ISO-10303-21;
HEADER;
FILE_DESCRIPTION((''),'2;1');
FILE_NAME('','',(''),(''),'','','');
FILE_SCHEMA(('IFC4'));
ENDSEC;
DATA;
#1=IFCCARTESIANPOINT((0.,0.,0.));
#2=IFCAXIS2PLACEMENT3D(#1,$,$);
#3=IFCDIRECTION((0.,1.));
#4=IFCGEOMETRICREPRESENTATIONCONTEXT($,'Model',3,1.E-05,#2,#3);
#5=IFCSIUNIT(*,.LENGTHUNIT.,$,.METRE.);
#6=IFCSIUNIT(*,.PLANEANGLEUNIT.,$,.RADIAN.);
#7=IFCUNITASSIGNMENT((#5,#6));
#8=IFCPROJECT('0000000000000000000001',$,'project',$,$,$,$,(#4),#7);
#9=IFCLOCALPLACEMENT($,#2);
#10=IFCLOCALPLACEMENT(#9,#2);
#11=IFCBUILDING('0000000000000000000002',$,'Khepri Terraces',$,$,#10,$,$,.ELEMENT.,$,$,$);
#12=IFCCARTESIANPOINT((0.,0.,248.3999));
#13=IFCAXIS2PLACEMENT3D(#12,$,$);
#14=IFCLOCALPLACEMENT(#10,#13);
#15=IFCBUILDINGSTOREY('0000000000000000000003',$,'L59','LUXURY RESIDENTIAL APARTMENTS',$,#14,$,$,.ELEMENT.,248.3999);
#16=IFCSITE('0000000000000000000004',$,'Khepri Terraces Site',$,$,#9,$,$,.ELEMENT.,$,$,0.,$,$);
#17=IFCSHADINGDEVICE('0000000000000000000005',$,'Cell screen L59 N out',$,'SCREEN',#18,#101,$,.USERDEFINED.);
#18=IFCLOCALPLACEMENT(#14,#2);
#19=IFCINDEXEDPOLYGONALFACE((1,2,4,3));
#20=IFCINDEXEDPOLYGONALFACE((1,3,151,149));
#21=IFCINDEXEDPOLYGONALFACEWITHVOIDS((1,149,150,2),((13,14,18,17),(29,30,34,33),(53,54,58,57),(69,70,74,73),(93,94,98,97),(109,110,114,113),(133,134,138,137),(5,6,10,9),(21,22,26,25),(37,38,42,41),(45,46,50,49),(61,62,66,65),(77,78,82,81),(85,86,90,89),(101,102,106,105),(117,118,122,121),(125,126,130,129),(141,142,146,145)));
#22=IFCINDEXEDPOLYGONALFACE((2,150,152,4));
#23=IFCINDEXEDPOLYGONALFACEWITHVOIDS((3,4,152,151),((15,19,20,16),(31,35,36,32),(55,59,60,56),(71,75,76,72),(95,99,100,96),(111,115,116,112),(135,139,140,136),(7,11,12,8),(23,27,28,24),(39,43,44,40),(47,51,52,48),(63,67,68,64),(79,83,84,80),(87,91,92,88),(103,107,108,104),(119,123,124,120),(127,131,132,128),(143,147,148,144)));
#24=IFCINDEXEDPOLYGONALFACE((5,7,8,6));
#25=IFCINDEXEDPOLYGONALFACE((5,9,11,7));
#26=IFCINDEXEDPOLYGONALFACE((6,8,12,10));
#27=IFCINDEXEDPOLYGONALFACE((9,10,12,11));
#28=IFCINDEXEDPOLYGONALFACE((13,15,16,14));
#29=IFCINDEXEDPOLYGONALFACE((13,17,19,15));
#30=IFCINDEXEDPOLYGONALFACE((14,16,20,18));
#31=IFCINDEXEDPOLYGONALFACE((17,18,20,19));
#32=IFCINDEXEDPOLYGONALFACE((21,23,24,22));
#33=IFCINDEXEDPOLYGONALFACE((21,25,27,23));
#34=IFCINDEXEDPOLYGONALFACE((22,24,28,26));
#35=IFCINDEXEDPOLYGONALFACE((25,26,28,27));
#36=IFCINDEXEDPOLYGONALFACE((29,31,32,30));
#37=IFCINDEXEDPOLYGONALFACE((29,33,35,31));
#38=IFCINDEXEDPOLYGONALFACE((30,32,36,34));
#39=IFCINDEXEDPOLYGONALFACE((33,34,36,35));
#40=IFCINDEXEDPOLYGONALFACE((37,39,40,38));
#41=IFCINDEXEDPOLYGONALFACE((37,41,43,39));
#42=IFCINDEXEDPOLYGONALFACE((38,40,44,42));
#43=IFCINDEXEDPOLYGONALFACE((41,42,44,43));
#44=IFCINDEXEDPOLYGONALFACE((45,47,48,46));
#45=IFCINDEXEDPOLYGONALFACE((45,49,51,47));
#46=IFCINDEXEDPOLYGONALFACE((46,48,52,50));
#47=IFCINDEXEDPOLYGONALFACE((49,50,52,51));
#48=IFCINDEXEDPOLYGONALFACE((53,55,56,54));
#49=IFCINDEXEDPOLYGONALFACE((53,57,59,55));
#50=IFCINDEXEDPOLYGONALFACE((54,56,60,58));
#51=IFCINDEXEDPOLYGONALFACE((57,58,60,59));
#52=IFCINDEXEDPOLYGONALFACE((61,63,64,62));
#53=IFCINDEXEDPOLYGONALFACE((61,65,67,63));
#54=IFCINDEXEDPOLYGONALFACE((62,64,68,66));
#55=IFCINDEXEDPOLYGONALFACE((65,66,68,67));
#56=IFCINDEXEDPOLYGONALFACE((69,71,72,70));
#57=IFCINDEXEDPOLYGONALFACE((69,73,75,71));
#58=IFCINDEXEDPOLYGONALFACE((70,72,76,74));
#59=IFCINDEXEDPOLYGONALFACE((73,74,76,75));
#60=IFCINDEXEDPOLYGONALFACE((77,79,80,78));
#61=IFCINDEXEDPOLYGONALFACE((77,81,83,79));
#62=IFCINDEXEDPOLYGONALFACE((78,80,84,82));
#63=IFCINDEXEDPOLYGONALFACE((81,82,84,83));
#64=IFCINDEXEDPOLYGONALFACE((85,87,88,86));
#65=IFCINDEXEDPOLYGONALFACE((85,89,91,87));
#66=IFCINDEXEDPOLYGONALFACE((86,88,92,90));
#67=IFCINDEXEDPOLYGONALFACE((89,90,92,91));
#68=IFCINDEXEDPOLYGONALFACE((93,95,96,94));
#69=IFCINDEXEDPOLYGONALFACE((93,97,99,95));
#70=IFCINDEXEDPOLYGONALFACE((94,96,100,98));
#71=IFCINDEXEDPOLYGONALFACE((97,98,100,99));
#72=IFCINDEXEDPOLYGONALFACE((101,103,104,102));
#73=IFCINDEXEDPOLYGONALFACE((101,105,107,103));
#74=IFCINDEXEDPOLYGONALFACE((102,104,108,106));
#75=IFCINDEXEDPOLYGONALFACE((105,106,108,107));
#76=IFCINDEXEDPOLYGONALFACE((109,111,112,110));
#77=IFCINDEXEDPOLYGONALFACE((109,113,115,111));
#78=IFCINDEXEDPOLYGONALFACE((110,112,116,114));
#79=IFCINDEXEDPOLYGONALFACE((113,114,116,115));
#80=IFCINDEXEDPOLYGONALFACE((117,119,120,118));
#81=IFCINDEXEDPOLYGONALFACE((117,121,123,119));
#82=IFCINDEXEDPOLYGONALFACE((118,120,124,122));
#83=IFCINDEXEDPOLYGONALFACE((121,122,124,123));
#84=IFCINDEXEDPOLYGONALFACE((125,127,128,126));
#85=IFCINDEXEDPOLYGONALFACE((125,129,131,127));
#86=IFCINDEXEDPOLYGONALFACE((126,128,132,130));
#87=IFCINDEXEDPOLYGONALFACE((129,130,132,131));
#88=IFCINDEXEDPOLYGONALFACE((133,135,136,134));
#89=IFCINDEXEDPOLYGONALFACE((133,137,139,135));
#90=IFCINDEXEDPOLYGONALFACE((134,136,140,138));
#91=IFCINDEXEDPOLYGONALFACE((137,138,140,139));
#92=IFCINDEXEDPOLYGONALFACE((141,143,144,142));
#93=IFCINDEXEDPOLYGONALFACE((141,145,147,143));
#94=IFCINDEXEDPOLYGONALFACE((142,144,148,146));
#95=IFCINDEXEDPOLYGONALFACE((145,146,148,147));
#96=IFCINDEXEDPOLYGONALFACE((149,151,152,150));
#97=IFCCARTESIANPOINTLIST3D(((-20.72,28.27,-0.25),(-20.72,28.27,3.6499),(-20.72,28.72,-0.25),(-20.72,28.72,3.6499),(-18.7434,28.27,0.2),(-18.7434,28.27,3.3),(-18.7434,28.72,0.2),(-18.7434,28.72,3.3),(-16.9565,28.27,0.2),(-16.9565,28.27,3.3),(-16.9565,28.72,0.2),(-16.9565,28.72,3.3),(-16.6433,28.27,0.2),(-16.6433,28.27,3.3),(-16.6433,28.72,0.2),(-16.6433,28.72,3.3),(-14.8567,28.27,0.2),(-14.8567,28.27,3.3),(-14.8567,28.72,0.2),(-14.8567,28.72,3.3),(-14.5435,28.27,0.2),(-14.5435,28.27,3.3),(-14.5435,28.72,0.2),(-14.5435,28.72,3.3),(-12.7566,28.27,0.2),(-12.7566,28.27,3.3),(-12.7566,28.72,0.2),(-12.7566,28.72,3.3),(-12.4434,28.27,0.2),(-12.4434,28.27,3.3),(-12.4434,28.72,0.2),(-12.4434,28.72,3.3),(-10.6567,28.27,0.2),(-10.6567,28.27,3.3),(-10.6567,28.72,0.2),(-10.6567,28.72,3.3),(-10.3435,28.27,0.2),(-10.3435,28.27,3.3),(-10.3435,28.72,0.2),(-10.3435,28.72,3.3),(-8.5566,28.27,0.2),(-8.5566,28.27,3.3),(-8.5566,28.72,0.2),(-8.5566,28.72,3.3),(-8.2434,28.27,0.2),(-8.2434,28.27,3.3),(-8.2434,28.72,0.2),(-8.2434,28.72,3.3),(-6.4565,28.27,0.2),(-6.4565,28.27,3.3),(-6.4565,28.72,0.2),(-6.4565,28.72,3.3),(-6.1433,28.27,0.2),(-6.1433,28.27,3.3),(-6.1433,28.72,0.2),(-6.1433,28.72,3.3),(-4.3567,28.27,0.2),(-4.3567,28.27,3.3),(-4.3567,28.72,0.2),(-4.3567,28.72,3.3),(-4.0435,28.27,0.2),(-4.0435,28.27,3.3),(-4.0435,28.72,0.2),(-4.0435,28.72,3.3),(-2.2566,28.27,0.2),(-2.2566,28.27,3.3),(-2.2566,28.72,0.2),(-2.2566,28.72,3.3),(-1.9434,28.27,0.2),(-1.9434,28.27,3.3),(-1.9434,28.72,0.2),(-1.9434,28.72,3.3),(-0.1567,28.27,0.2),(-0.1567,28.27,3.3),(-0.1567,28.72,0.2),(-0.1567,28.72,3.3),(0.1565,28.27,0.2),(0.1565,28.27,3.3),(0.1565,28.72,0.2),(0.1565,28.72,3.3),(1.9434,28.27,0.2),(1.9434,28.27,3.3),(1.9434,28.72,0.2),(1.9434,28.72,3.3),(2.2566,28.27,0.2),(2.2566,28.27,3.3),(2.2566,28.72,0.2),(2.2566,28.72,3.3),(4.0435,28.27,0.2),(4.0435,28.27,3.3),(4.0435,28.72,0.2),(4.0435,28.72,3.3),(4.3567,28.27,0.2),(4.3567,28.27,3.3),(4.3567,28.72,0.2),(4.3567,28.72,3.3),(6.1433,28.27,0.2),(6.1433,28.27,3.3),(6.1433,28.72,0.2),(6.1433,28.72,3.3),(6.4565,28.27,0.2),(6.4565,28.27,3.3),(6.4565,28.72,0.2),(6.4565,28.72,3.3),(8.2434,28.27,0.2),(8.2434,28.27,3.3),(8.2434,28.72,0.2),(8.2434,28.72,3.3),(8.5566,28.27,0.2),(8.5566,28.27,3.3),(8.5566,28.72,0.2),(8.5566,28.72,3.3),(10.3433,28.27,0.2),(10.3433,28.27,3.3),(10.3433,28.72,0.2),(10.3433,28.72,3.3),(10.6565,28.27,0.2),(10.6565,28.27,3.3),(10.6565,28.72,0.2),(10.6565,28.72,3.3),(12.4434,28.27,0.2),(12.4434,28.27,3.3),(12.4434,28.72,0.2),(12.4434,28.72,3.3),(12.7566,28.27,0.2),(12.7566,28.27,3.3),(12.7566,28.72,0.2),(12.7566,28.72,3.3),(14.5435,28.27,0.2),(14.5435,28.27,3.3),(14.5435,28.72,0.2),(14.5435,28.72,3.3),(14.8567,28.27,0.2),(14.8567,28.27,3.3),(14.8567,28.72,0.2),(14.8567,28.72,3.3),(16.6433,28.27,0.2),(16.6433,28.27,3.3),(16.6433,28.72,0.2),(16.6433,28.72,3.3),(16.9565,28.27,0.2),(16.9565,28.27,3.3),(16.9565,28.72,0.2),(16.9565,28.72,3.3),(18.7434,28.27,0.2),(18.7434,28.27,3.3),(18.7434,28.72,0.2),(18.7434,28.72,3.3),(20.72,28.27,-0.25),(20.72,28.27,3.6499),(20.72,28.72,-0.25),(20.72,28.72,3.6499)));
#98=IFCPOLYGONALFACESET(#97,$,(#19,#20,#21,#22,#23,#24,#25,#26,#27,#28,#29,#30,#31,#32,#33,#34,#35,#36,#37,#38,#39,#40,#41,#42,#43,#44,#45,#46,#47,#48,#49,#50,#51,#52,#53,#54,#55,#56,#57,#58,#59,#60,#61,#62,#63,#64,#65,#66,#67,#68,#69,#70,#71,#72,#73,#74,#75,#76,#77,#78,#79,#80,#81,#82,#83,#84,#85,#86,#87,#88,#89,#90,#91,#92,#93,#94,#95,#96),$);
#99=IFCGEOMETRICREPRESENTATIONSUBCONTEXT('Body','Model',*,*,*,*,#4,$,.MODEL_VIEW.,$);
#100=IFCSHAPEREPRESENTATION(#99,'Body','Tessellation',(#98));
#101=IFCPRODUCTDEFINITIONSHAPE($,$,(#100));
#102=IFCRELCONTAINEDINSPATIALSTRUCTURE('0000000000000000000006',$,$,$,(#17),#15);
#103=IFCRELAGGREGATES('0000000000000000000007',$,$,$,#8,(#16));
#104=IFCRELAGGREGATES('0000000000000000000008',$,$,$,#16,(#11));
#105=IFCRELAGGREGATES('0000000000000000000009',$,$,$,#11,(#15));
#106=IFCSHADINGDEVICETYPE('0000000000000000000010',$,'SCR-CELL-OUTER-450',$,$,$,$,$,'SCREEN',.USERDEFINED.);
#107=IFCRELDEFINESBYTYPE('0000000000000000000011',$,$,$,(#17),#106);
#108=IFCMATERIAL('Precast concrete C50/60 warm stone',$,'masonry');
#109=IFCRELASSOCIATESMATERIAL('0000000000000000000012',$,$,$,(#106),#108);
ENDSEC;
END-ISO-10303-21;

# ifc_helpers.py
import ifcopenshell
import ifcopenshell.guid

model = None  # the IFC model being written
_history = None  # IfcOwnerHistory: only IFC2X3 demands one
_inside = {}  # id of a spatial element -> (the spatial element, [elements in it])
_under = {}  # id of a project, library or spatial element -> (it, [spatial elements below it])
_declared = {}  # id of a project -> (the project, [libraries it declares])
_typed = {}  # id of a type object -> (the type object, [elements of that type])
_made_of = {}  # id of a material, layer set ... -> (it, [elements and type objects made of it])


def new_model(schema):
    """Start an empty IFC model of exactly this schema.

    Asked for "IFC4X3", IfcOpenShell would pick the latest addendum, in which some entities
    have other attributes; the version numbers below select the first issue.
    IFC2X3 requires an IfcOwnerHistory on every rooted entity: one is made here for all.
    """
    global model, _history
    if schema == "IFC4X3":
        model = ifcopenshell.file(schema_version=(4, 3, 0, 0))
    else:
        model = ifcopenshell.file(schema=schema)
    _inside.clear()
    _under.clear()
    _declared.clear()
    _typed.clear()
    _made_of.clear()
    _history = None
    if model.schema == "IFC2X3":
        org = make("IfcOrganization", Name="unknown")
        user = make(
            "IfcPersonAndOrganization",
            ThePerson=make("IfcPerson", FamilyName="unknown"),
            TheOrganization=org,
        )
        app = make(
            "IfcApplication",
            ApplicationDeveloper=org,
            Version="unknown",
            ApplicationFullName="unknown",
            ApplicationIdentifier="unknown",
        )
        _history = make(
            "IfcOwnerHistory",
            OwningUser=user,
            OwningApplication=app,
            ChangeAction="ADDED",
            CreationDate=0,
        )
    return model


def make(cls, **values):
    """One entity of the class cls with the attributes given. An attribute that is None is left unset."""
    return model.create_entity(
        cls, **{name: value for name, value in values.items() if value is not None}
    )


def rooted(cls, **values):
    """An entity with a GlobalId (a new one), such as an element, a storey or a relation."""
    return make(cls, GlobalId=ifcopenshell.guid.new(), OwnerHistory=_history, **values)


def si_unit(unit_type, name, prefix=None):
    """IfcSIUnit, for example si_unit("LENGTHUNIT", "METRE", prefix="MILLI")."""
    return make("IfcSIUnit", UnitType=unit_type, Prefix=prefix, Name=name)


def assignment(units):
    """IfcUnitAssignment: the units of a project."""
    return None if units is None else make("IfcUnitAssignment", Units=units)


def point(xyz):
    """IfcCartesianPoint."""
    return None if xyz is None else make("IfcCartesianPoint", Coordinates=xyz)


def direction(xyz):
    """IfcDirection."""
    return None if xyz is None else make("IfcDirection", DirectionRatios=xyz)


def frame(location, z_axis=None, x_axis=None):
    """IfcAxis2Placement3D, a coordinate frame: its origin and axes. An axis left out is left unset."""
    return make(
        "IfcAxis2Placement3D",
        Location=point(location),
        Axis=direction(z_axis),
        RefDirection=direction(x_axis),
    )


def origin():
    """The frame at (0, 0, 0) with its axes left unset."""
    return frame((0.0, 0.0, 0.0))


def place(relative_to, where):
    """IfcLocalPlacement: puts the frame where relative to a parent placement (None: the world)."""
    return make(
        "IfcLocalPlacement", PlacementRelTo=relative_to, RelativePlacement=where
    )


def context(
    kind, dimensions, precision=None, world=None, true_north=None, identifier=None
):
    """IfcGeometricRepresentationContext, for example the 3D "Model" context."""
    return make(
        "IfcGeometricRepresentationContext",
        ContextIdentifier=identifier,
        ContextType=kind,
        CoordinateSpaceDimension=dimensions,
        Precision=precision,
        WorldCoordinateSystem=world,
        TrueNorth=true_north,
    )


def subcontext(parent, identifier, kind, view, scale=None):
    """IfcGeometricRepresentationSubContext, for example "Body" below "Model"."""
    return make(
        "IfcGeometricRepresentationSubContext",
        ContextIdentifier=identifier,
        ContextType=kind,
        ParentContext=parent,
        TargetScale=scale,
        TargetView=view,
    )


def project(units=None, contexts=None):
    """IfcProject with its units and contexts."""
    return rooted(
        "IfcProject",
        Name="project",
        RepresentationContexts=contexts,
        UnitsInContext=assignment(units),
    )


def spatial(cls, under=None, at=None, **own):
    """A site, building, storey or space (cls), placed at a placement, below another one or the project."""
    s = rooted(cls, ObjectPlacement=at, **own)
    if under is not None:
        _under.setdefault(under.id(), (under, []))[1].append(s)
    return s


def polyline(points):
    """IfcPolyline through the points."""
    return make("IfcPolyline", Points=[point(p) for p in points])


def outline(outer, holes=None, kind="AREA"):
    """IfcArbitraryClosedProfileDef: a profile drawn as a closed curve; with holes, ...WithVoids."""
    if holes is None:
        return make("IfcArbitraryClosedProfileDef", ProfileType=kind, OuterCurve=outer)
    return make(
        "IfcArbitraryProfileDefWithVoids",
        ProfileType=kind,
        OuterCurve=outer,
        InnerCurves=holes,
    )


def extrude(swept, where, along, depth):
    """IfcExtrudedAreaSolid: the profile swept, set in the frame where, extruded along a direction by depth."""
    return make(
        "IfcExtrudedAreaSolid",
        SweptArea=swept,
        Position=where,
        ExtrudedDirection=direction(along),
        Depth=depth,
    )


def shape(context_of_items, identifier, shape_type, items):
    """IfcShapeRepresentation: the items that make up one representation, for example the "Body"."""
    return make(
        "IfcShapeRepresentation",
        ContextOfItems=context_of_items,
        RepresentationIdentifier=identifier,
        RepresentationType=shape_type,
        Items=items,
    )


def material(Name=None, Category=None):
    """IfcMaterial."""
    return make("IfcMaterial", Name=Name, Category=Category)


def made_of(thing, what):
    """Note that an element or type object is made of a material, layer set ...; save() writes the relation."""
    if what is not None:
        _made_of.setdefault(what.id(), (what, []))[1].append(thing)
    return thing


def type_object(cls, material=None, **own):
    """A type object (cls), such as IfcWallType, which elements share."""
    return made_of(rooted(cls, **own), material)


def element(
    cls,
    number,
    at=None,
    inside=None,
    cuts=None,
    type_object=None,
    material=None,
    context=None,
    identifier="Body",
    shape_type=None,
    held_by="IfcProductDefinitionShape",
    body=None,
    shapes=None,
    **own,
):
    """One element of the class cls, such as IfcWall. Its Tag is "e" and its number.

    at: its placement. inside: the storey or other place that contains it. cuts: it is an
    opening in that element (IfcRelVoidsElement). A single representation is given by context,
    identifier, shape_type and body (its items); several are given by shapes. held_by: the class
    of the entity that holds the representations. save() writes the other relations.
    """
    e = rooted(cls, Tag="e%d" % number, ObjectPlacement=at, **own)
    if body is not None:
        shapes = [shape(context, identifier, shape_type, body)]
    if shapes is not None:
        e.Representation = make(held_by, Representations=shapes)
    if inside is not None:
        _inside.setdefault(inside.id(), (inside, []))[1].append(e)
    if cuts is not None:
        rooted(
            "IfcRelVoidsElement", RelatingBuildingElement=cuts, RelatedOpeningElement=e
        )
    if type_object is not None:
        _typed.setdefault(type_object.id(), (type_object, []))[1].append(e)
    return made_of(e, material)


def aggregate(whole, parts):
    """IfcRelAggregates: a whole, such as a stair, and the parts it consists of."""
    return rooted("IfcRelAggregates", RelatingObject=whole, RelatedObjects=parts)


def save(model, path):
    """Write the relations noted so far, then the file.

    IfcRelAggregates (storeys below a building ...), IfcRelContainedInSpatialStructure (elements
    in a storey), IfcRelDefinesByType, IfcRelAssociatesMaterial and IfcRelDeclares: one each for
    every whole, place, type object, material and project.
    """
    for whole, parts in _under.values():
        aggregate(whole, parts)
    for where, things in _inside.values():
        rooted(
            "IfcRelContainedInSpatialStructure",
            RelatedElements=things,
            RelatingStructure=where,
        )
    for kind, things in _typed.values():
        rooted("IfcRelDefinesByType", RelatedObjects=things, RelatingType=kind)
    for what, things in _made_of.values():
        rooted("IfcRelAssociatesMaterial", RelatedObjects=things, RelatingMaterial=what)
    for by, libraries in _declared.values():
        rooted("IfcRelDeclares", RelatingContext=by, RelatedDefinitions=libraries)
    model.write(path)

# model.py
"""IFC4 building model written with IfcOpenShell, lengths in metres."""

from ifc_helpers import new_model, si_unit, direction, frame, origin, place, context, subcontext, project, spatial, polyline, outline, extrude, material, type_object, element, save


model = new_model("IFC4")

# Units and contexts
model_context = context("Model", 3, precision=1e-05, world=origin(), true_north=direction((0.0, 1.0)))
body_context = subcontext(model_context, "Body", "Model", "MODEL_VIEW")
ifc_project = project(units=[si_unit("LENGTHUNIT", "METRE"), si_unit("PLANEANGLEUNIT", "RADIAN")], contexts=[model_context])

# Site, building, storey
site_placement = place(None, origin())
site = spatial("IfcSite", under=ifc_project, at=site_placement, Name="Khepri Terraces Site", CompositionType="ELEMENT", RefElevation=0.0)
building_placement = place(site_placement, origin())
building = spatial("IfcBuilding", under=site, at=building_placement, Name="Khepri Terraces", CompositionType="ELEMENT")
storey_placement = place(building_placement, frame((0.0, 0.0, 248.3999)))
storey = spatial("IfcBuildingStorey", under=building, at=storey_placement, Name="L59", Description="LUXURY RESIDENTIAL APARTMENTS", CompositionType="ELEMENT", Elevation=248.3999)

# Shared definitions
ifc_material_1 = material(Name="Precast concrete C50/60 warm stone", Category="masonry")

# Shading device
shading_device_type_1 = type_object("IfcShadingDeviceType", Name="SCR-CELL-OUTER-450", ElementType="SCREEN", PredefinedType="USERDEFINED", material=ifc_material_1)
shading_device_1_placement = place(storey_placement, frame((20.72, 28.27, -0.25), z_axis=(0.0, 1.0, 0.0), x_axis=(-1.0, 0.0, 0.0)))
element("IfcShadingDevice", 1, at=shading_device_1_placement, inside=storey, type_object=shading_device_type_1, Name="Cell screen L59 N out", ObjectType="SCREEN", PredefinedType="USERDEFINED", context=body_context, shape_type="SweptSolid", body=[
    extrude(outline(polyline([(0.0, 0.0), (41.4399, 0.0), (41.4399, 3.8999), (0.0, 3.8999), (0.0, 0.0)]), holes=[polyline([(1.9766, 0.45), (3.7634, 0.45), (3.7634, 3.55), (1.9766, 3.55), (1.9766, 0.45)]), polyline([(4.0767, 0.45), (5.8633, 0.45), (5.8633, 3.55), (4.0767, 3.55), (4.0767, 0.45)]), polyline([(6.1765, 0.45), (7.9634, 0.45), (7.9634, 3.55), (6.1765, 3.55), (6.1765, 0.45)]), polyline([(8.2766, 0.45), (10.0635, 0.45), (10.0635, 3.55), (8.2766, 3.55), (8.2766, 0.45)]), polyline([(10.3767, 0.45), (12.1633, 0.45), (12.1633, 3.55), (10.3767, 3.55), (10.3767, 0.45)]), polyline([(12.4766, 0.45), (14.2634, 0.45), (14.2634, 3.55), (12.4766, 3.55), (12.4766, 0.45)]), polyline([(14.5767, 0.45), (16.3633, 0.45), (16.3633, 3.55), (14.5767, 3.55), (14.5767, 0.45)]), polyline([(16.6765, 0.45), (18.4634, 0.45), (18.4634, 3.55), (16.6765, 3.55), (16.6765, 0.45)]), polyline([(18.7766, 0.45), (20.5635, 0.45), (20.5635, 3.55), (18.7766, 3.55), (18.7766, 0.45)]), polyline([(20.8767, 0.45), (22.6633, 0.45), (22.6633, 3.55), (20.8767, 3.55), (20.8767, 0.45)]), polyline([(22.9766, 0.45), (24.7634, 0.45), (24.7634, 3.55), (22.9766, 3.55), (22.9766, 0.45)]), polyline([(25.0767, 0.45), (26.8633, 0.45), (26.8633, 3.55), (25.0767, 3.55), (25.0767, 0.45)]), polyline([(27.1765, 0.45), (28.9634, 0.45), (28.9634, 3.55), (27.1765, 3.55), (27.1765, 0.45)]), polyline([(29.2766, 0.45), (31.0635, 0.45), (31.0635, 3.55), (29.2766, 3.55), (29.2766, 0.45)]), polyline([(31.3767, 0.45), (33.1633, 0.45), (33.1633, 3.55), (31.3767, 3.55), (31.3767, 0.45)]), polyline([(33.4766, 0.45), (35.2634, 0.45), (35.2634, 3.55), (33.4766, 3.55), (33.4766, 0.45)]), polyline([(35.5767, 0.45), (37.3633, 0.45), (37.3633, 3.55), (35.5767, 3.55), (35.5767, 0.45)]), polyline([(37.6765, 0.45), (39.4634, 0.45), (39.4634, 3.55), (37.6765, 3.55), (37.6765, 0.45)])]), origin(), (0.0, 0.0, 1.0), 0.45),
])

save(model, "model.ifc")
